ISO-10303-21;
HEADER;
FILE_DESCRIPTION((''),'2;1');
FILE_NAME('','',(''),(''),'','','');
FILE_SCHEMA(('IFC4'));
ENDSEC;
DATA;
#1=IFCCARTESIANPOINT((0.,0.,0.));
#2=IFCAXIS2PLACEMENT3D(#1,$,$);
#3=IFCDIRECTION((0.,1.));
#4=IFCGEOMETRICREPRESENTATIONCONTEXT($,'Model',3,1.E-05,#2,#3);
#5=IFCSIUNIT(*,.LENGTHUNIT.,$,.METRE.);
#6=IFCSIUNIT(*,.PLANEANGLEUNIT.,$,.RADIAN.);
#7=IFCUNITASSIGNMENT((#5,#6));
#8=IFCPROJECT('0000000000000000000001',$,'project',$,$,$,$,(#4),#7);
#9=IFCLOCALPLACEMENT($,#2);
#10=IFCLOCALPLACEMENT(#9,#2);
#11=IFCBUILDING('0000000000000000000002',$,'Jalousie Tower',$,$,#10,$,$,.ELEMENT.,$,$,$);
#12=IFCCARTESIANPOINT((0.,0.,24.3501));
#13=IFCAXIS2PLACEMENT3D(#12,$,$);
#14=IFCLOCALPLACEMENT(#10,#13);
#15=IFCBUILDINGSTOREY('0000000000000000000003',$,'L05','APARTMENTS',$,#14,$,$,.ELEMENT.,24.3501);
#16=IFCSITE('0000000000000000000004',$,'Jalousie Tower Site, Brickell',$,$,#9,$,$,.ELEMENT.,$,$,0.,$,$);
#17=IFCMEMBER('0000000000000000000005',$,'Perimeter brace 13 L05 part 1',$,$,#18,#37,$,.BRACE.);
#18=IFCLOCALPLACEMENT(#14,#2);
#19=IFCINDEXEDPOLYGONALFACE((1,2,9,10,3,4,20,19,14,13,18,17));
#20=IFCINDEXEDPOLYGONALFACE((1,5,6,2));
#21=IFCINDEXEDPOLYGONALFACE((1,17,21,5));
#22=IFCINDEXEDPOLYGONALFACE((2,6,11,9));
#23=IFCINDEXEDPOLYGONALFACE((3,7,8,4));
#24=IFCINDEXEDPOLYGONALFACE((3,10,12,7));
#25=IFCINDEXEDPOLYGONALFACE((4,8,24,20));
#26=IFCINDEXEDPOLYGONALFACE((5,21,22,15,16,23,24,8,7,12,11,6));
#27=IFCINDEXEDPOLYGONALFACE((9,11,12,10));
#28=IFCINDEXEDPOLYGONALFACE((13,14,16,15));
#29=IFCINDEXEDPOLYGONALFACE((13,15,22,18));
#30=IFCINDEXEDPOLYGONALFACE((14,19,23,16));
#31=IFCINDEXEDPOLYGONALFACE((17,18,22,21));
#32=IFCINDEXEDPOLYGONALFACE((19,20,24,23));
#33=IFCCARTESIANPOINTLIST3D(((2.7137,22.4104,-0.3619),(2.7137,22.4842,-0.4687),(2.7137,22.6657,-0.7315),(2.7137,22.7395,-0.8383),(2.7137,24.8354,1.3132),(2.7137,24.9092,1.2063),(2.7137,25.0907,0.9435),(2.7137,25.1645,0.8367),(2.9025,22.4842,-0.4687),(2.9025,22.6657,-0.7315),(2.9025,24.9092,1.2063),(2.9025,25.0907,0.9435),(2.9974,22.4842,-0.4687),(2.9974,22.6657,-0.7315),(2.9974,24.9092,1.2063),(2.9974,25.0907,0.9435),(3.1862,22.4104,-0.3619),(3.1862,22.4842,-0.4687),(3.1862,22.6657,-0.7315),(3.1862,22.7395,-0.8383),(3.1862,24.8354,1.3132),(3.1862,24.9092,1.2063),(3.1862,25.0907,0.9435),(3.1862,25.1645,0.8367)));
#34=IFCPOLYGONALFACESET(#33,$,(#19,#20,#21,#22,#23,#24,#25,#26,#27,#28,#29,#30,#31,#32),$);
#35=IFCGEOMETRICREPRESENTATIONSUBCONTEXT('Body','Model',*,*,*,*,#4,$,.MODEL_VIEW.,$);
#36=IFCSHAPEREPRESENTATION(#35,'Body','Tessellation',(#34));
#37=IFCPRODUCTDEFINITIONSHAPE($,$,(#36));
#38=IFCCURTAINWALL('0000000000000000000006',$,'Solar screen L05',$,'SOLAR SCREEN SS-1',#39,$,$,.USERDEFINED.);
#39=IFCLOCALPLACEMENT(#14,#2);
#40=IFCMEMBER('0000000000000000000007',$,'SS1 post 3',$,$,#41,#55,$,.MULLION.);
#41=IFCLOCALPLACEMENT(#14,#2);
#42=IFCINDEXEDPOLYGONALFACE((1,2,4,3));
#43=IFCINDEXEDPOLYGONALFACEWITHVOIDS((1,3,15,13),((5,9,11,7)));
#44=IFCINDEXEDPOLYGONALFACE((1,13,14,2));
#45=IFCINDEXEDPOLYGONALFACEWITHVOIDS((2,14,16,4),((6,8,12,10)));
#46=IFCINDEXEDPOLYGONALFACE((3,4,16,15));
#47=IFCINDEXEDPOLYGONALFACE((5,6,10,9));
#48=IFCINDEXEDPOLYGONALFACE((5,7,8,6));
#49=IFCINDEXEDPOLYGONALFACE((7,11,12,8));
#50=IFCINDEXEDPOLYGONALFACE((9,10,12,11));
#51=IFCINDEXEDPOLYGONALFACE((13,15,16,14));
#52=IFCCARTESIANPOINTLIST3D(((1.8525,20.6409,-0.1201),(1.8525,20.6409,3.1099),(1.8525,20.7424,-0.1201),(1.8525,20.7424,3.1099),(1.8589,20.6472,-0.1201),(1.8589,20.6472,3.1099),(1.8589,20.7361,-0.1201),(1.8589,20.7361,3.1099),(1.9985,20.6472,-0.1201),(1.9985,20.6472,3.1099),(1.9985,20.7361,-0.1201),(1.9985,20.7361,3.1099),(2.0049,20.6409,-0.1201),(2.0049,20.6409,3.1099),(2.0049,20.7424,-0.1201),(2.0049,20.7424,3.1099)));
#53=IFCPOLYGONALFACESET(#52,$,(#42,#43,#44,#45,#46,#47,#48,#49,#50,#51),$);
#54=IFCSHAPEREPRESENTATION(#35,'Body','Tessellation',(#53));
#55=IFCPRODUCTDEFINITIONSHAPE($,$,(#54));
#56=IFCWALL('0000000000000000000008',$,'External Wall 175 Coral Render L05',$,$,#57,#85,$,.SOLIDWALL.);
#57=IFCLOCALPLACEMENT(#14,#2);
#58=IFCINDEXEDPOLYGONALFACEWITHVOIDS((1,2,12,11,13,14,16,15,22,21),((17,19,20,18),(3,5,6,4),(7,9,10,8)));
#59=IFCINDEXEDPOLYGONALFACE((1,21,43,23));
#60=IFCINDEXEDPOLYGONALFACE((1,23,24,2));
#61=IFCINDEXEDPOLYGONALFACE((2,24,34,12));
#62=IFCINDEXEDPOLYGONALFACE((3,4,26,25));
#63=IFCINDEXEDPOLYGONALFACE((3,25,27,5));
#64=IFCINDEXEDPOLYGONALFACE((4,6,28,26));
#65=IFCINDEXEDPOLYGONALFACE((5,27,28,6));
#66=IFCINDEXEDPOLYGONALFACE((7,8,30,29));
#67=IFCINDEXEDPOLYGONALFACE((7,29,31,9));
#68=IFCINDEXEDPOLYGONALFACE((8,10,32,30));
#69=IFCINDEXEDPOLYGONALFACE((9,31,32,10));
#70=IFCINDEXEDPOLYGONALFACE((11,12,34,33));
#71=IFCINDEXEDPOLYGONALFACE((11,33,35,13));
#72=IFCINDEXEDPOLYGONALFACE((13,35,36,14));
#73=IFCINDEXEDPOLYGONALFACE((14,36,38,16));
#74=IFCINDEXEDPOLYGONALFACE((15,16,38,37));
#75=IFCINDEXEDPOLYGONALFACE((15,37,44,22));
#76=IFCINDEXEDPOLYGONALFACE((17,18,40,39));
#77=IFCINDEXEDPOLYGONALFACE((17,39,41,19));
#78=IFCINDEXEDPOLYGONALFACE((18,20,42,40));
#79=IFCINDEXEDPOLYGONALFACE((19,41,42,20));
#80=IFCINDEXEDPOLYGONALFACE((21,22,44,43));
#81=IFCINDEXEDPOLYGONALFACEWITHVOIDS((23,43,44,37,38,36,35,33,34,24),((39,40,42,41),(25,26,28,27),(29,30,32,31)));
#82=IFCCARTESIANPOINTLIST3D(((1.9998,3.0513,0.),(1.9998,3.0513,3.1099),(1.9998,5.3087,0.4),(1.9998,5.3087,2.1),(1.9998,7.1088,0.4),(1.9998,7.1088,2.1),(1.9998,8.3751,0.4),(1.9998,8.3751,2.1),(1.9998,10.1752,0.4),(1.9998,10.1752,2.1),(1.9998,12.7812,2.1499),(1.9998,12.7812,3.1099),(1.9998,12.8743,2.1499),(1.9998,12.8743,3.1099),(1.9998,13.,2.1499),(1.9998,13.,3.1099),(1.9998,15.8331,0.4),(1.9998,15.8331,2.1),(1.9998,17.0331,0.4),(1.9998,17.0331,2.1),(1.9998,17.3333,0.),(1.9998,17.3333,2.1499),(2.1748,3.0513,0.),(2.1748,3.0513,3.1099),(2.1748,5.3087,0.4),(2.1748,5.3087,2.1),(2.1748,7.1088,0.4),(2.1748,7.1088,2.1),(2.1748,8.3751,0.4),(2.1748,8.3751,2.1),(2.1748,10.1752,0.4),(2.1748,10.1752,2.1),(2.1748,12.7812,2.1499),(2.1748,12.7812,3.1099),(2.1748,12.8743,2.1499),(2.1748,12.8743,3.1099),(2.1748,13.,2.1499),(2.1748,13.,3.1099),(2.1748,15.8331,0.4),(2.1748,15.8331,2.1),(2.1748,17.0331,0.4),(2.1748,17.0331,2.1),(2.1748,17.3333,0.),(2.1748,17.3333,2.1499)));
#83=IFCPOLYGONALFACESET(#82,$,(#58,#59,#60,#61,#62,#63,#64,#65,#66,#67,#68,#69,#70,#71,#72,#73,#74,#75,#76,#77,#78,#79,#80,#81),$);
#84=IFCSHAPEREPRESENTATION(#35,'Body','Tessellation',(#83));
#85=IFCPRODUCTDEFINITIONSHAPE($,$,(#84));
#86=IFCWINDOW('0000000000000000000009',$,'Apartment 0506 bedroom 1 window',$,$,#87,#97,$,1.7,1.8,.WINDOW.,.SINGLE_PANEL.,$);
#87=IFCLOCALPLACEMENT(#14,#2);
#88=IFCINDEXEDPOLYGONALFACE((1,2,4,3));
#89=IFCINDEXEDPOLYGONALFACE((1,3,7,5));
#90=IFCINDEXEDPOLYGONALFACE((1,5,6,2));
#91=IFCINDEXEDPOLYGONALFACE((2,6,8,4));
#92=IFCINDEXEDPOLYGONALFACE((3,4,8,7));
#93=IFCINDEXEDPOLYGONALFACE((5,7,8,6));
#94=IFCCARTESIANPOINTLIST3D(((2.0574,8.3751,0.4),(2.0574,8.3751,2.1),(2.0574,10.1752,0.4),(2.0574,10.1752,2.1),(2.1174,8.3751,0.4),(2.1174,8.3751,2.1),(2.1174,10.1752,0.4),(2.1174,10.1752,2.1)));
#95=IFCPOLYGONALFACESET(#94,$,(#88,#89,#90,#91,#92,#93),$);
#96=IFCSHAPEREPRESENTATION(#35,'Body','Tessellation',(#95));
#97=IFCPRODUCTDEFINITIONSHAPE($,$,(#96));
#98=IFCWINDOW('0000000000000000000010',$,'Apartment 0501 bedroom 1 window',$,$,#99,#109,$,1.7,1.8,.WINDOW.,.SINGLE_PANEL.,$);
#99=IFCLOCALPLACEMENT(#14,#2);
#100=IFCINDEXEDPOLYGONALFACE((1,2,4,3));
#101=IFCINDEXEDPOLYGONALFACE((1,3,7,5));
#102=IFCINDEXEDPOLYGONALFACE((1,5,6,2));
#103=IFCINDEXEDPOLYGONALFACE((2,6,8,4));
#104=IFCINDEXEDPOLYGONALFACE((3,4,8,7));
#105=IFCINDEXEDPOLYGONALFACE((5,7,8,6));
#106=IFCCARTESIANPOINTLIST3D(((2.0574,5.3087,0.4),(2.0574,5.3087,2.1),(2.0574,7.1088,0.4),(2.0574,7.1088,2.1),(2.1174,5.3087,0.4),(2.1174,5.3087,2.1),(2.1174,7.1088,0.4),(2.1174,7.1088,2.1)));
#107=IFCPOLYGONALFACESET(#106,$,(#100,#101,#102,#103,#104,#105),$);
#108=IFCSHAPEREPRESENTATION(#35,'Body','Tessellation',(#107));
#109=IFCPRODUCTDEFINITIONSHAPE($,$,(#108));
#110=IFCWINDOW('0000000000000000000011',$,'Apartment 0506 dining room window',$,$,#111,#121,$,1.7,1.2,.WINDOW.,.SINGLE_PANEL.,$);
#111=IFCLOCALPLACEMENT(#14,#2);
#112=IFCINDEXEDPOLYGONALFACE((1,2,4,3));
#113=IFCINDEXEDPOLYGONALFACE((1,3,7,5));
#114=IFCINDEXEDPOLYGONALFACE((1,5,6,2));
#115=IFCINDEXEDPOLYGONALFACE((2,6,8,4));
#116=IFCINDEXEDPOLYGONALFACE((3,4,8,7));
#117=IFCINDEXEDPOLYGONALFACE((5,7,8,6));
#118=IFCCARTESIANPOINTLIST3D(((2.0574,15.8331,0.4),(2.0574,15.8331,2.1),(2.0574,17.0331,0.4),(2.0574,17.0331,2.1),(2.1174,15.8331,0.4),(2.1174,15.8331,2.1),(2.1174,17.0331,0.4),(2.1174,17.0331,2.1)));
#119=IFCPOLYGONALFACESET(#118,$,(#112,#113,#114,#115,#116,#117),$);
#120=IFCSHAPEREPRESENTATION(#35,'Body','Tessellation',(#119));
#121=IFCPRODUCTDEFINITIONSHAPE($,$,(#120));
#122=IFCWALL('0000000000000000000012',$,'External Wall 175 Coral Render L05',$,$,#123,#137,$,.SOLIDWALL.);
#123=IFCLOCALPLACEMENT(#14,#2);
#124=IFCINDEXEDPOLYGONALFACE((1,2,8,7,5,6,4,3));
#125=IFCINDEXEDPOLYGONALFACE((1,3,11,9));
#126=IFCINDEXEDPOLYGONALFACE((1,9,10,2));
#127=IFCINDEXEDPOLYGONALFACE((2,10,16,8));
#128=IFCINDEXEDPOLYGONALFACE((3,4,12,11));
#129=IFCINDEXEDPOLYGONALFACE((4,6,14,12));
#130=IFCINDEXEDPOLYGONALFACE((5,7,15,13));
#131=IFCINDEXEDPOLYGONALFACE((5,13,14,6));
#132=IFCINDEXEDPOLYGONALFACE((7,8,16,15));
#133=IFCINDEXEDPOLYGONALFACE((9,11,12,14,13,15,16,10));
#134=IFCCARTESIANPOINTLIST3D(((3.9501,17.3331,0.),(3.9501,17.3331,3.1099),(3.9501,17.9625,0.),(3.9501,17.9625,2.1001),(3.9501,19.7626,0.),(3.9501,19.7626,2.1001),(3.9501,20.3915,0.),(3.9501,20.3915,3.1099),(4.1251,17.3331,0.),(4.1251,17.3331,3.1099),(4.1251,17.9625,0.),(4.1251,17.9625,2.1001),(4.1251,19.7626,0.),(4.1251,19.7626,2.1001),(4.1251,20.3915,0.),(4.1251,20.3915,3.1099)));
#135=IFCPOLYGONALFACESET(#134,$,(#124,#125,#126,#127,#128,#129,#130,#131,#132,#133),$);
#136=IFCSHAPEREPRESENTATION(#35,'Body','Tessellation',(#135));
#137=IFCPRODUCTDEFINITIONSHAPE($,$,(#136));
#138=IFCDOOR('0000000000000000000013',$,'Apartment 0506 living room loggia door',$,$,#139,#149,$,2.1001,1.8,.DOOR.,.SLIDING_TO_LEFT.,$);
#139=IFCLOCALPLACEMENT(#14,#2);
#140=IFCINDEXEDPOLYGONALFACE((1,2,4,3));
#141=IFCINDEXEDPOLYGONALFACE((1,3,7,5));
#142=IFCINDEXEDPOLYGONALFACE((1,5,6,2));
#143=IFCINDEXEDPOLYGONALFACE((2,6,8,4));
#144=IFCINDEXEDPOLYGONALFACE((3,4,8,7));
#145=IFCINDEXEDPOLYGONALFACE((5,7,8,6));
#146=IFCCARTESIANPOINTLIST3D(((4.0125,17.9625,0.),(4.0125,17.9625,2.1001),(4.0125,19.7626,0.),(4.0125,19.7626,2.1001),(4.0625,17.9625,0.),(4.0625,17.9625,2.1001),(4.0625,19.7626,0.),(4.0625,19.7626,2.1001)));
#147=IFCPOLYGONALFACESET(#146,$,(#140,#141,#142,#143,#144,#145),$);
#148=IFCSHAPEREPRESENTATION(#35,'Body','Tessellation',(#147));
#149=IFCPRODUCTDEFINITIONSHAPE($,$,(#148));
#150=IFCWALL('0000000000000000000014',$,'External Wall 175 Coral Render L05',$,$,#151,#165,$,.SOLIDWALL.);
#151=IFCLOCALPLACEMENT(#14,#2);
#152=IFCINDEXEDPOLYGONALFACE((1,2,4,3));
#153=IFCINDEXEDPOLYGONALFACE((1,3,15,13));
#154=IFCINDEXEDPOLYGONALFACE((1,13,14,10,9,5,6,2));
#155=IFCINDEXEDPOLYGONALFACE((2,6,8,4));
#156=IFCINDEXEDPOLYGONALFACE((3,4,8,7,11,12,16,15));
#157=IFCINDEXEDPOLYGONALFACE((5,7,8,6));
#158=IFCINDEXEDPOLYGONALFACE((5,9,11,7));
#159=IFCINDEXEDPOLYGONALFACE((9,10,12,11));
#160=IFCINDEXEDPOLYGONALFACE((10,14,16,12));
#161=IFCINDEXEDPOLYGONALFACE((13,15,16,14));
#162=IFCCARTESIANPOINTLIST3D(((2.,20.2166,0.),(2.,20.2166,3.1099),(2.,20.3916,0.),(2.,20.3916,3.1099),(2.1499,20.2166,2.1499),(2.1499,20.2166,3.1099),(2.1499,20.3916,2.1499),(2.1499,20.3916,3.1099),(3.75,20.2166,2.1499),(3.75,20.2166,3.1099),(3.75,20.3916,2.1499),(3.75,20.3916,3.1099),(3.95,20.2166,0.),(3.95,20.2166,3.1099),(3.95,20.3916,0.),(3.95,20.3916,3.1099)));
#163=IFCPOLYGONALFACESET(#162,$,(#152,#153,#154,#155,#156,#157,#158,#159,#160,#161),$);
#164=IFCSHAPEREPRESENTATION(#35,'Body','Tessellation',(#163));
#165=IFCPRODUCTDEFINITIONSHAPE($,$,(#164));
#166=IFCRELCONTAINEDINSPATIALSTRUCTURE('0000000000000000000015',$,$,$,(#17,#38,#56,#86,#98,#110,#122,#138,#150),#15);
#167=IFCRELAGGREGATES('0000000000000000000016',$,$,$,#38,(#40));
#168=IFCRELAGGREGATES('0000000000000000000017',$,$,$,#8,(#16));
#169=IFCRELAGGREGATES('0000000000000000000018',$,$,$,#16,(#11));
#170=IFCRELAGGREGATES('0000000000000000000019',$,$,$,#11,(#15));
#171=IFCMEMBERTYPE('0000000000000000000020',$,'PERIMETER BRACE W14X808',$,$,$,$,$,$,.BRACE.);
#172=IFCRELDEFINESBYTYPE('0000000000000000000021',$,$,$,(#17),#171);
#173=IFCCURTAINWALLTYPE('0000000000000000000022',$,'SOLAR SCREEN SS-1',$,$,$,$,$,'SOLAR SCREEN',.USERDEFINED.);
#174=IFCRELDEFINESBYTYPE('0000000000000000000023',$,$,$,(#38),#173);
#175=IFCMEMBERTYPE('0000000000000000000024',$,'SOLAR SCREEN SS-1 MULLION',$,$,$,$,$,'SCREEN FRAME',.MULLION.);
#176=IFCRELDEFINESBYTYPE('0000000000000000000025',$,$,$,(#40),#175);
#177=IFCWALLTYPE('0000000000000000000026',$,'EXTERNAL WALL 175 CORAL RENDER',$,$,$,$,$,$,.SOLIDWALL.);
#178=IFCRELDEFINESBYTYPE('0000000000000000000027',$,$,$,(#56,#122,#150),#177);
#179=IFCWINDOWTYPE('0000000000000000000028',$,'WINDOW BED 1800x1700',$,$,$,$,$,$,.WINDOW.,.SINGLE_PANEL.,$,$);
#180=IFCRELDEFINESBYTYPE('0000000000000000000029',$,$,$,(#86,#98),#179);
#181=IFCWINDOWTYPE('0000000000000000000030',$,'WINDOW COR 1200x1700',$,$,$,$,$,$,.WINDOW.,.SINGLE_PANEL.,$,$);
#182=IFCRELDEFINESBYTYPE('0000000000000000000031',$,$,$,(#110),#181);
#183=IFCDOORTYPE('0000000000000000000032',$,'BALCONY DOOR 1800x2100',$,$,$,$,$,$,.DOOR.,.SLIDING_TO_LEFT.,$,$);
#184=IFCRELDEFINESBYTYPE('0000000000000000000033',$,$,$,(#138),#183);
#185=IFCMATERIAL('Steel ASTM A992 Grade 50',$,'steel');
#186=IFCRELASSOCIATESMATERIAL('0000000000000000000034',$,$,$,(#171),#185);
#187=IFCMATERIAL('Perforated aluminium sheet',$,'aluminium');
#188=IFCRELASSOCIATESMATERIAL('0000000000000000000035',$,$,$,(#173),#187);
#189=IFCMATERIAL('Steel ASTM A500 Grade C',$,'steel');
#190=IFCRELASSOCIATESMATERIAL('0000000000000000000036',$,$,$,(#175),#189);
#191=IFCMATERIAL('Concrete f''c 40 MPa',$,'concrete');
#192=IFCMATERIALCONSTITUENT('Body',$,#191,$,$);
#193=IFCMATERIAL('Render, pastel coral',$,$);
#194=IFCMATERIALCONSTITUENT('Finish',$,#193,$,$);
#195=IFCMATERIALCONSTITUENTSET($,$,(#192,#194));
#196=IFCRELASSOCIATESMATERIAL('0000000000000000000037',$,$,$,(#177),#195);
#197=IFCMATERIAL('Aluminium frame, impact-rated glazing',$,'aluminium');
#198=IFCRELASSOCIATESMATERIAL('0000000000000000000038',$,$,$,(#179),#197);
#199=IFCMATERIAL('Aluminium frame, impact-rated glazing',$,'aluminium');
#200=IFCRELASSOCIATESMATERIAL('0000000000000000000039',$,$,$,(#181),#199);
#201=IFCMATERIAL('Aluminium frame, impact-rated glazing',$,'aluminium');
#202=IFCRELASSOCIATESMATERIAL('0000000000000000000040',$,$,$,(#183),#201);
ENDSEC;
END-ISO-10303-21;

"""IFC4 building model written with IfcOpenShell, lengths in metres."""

from ifc_helpers import new_model, si_unit, direction, frame, frame_2d, origin, origin_2d, place, context, subcontext, project, spatial, polyline, rectangle, hollow_rectangle, i_section, outline, extrude, material, constituent, constituent_set, material_profile, profile_set, type_object, element, fill, aggregate, save


model = new_model("IFC4")

# Units and contexts
model_context = context("Model", 3, precision=1e-05, world=origin(), true_north=direction((0.0, 1.0)))
body_context = subcontext(model_context, "Body", "Model", "MODEL_VIEW")
ifc_project = project(units=[si_unit("LENGTHUNIT", "METRE"), si_unit("PLANEANGLEUNIT", "RADIAN")], contexts=[model_context])

# Site, building, storey
site_placement = place(None, origin())
site = spatial("IfcSite", under=ifc_project, at=site_placement, Name="Jalousie Tower Site, Brickell", CompositionType="ELEMENT", RefElevation=0.0)
building_placement = place(site_placement, origin())
building = spatial("IfcBuilding", under=site, at=building_placement, Name="Jalousie Tower", CompositionType="ELEMENT")
storey_placement = place(building_placement, frame((0.0, 0.0, 24.3501)))
storey = spatial("IfcBuildingStorey", under=building, at=storey_placement, Name="L05", Description="APARTMENTS", CompositionType="ELEMENT", Elevation=24.3501)

# Member
ifc_material_1 = material(Name="Steel ASTM A992 Grade 50", Category="steel")
ifc_material_profile_1 = material_profile(ifc_material_1, i_section(OverallWidth=0.4724, OverallDepth=0.5791, WebThickness=0.095, FlangeThickness=0.1299, at=origin_2d()), Name="W14X808")
ifc_profile_set_1 = profile_set([ifc_material_profile_1], Name="Steel ASTM A992 Grade 50")
member_type_1 = type_object("IfcMemberType", Name="PERIMETER BRACE W14X808", PredefinedType="BRACE", material=ifc_profile_set_1)
member_1_placement = place(storey_placement, frame((2.95, 22.575, -0.6001), z_axis=(0.0, 0.8228, 0.568331), x_axis=(-1.0, 0.0, 0.0)))
element("IfcMember", 1, at=member_1_placement, inside=storey, type_object=member_type_1, Name="Perimeter brace 13 L05 part 1", PredefinedType="BRACE", context=body_context, shape_type="SweptSolid", body=[
    extrude(i_section(OverallWidth=0.4724, OverallDepth=0.5791, WebThickness=0.095, FlangeThickness=0.1299, at=origin_2d()), origin(), (0.0, 0.0, 1.0), 2.9473),
])

# Curtain wall, member
ifc_material_2 = material(Name="Perforated aluminium sheet", Category="aluminium")
curtain_wall_type = type_object("IfcCurtainWallType", Name="SOLAR SCREEN SS-1", ElementType="SOLAR SCREEN", PredefinedType="USERDEFINED", material=ifc_material_2)
curtain_wall_placement = place(storey_placement, origin())
curtain_wall = element("IfcCurtainWall", 2, at=curtain_wall_placement, inside=storey, type_object=curtain_wall_type, Name="Solar screen L05", ObjectType="SOLAR SCREEN SS-1", PredefinedType="USERDEFINED")
ifc_material_3 = material(Name="Steel ASTM A500 Grade C", Category="steel")
ifc_material_profile_2 = material_profile(ifc_material_3, hollow_rectangle(XDim=0.1016, YDim=0.1523, WallThickness=0.0063, at=origin_2d()), Name="HSS6X4X1/4")
ifc_profile_set_2 = profile_set([ifc_material_profile_2], Name="Steel ASTM A500 Grade C")
member_type_2 = type_object("IfcMemberType", Name="SOLAR SCREEN SS-1 MULLION", ElementType="SCREEN FRAME", PredefinedType="MULLION", material=ifc_profile_set_2)
member_2_placement = place(storey_placement, frame((1.9287, 20.6917, -0.1201), z_axis=(0.0, 0.0, 1.0), x_axis=(0.0, -1.0, 0.0)))
member_2 = element("IfcMember", 3, at=member_2_placement, type_object=member_type_2, Name="SS1 post 3", PredefinedType="MULLION", context=body_context, shape_type="SweptSolid", body=[
    extrude(hollow_rectangle(XDim=0.1016, YDim=0.1523, WallThickness=0.0063, at=origin_2d()), origin(), (0.0, 0.0, 1.0), 3.23),
])
aggregate(curtain_wall, [member_2])

# Wall, openings, windows
ifc_material_4 = material(Name="Concrete f'c 40 MPa", Category="concrete")
ifc_constituent_1 = constituent(ifc_material_4, Name="Body")
ifc_material_5 = material(Name="Render, pastel coral")
ifc_constituent_2 = constituent(ifc_material_5, Name="Finish")
ifc_constituent_set_1 = constituent_set(constituents=[ifc_constituent_1, ifc_constituent_2])
wall_type_1 = type_object("IfcWallType", Name="EXTERNAL WALL 175 CORAL RENDER", PredefinedType="SOLIDWALL", material=ifc_constituent_set_1)
wall_1_placement = place(storey_placement, frame((2.0874, 17.3333, 0.0), z_axis=(0.0, 0.0, 1.0), x_axis=(0.0, -1.0, 0.0)))
wall_1 = element("IfcWall", 4, at=wall_1_placement, inside=storey, type_object=wall_type_1, Name="External Wall 175 Coral Render L05", PredefinedType="SOLIDWALL", context=body_context, shape_type="SweptSolid", body=[
    extrude(outline(polyline([(0.0, 0.0), (14.282, 0.0), (14.282, 3.1099), (4.552, 3.1099), (4.552, 2.1499), (4.459, 2.1499), (4.459, 3.1099), (4.3333, 3.1099), (4.3333, 2.1499), (0.0, 2.1499), (0.0, 0.0)])), frame((0.0, 0.0874, 0.0), z_axis=(0.0, -1.0, 0.0), x_axis=(1.0, 0.0, 0.0)), (0.0, 0.0, 1.0), 0.175),
])
opening_1_placement = place(wall_1_placement, frame((0.3, 0.0, 0.3999)))
opening_1 = element("IfcOpeningElement", 5, at=opening_1_placement, cuts=wall_1, PredefinedType="OPENING", context=body_context, shape_type="SweptSolid", body=[
    extrude(rectangle(XDim=1.2, YDim=1.7, at=frame_2d((0.6001, 0.8501))), frame((0.0, 0.0974, 0.0), z_axis=(0.0, -1.0, 0.0), x_axis=(1.0, 0.0, 0.0)), (0.0, 0.0, 1.0), 0.1951),
])
opening_2_placement = place(wall_1_placement, frame((7.1582, 0.0, 0.3999)))
opening_2 = element("IfcOpeningElement", 6, at=opening_2_placement, cuts=wall_1, PredefinedType="OPENING", context=body_context, shape_type="SweptSolid", body=[
    extrude(rectangle(XDim=1.8, YDim=1.7, at=frame_2d((0.8999, 0.8501))), frame((0.0, 0.0974, 0.0), z_axis=(0.0, -1.0, 0.0), x_axis=(1.0, 0.0, 0.0)), (0.0, 0.0, 1.0), 0.1951),
])
opening_3_placement = place(wall_1_placement, frame((10.2246, 0.0, 0.3999)))
opening_3 = element("IfcOpeningElement", 7, at=opening_3_placement, cuts=wall_1, PredefinedType="OPENING", context=body_context, shape_type="SweptSolid", body=[
    extrude(rectangle(XDim=1.8, YDim=1.7, at=frame_2d((0.8999, 0.8501))), frame((0.0, 0.0974, 0.0), z_axis=(0.0, -1.0, 0.0), x_axis=(1.0, 0.0, 0.0)), (0.0, 0.0, 1.0), 0.1951),
])
ifc_material_6 = material(Name="Aluminium frame, impact-rated glazing", Category="aluminium")
window_type_1 = type_object("IfcWindowType", Name="WINDOW BED 1800x1700", PartitioningType="SINGLE_PANEL", PredefinedType="WINDOW", material=ifc_material_6)
window_1_placement = place(opening_2_placement, origin())
window_1 = element("IfcWindow", 8, at=window_1_placement, inside=storey, type_object=window_type_1, Name="Apartment 0506 bedroom 1 window", OverallHeight=1.7, OverallWidth=1.8, PartitioningType="SINGLE_PANEL", PredefinedType="WINDOW", context=body_context, shape_type="SweptSolid", body=[
    extrude(rectangle(XDim=1.8, YDim=1.7, at=frame_2d((0.8999, 0.8501))), frame((0.0, 0.03, 0.0), z_axis=(0.0, -1.0, 0.0), x_axis=(1.0, 0.0, 0.0)), (0.0, 0.0, 1.0), 0.0601),
])
fill(opening_2, window_1)
window_2_placement = place(opening_3_placement, origin())
window_2 = element("IfcWindow", 9, at=window_2_placement, inside=storey, type_object=window_type_1, Name="Apartment 0501 bedroom 1 window", OverallHeight=1.7, OverallWidth=1.8, PartitioningType="SINGLE_PANEL", PredefinedType="WINDOW", context=body_context, shape_type="SweptSolid", body=[
    extrude(rectangle(XDim=1.8, YDim=1.7, at=frame_2d((0.8999, 0.8501))), frame((0.0, 0.03, 0.0), z_axis=(0.0, -1.0, 0.0), x_axis=(1.0, 0.0, 0.0)), (0.0, 0.0, 1.0), 0.0601),
])
fill(opening_3, window_2)
ifc_material_7 = material(Name="Aluminium frame, impact-rated glazing", Category="aluminium")
window_type_2 = type_object("IfcWindowType", Name="WINDOW COR 1200x1700", PartitioningType="SINGLE_PANEL", PredefinedType="WINDOW", material=ifc_material_7)
window_3_placement = place(opening_1_placement, origin())
window_3 = element("IfcWindow", 10, at=window_3_placement, inside=storey, type_object=window_type_2, Name="Apartment 0506 dining room window", OverallHeight=1.7, OverallWidth=1.2, PartitioningType="SINGLE_PANEL", PredefinedType="WINDOW", context=body_context, shape_type="SweptSolid", body=[
    extrude(rectangle(XDim=1.2, YDim=1.7, at=frame_2d((0.6001, 0.8501))), frame((0.0, 0.03, 0.0), z_axis=(0.0, -1.0, 0.0), x_axis=(1.0, 0.0, 0.0)), (0.0, 0.0, 1.0), 0.0601),
])
fill(opening_1, window_3)

# Wall, opening, door
wall_2_placement = place(storey_placement, frame((4.0376, 20.3916, 0.0), z_axis=(0.0, 0.0, 1.0), x_axis=(0.0, -1.0, 0.0)))
wall_2 = element("IfcWall", 11, at=wall_2_placement, inside=storey, type_object=wall_type_1, Name="External Wall 175 Coral Render L05", PredefinedType="SOLIDWALL", context=body_context, shape_type="SweptSolid", body=[
    extrude(rectangle(XDim=3.0583, YDim=0.175, at=frame_2d((1.5293, 0.0))), origin(), (0.0, 0.0, 1.0), 3.1099),
])
opening_4_placement = place(wall_2_placement, frame((0.6292, 0.0, 0.0)))
opening_4 = element("IfcOpeningElement", 12, at=opening_4_placement, cuts=wall_2, PredefinedType="OPENING", context=body_context, shape_type="SweptSolid", body=[
    extrude(rectangle(XDim=1.8, YDim=2.1001, at=frame_2d((0.8999, 1.05))), frame((0.0, 0.0974, 0.0), z_axis=(0.0, -1.0, 0.0), x_axis=(1.0, 0.0, 0.0)), (0.0, 0.0, 1.0), 0.1951),
])
ifc_material_8 = material(Name="Aluminium frame, impact-rated glazing", Category="aluminium")
door_type_1 = type_object("IfcDoorType", Name="BALCONY DOOR 1800x2100", OperationType="SLIDING_TO_LEFT", PredefinedType="DOOR", material=ifc_material_8)
door_1_placement = place(opening_4_placement, origin())
door_1 = element("IfcDoor", 13, at=door_1_placement, inside=storey, type_object=door_type_1, Name="Apartment 0506 living room loggia door", OperationType="SLIDING_TO_LEFT", OverallHeight=2.1001, OverallWidth=1.8, PredefinedType="DOOR", context=body_context, shape_type="SweptSolid", body=[
    extrude(rectangle(XDim=1.8, YDim=2.1001, at=frame_2d((0.8999, 1.05))), frame((0.0, 0.0249, 0.0), z_axis=(0.0, -1.0, 0.0), x_axis=(1.0, 0.0, 0.0)), (0.0, 0.0, 1.0), 0.05),
])
fill(opening_4, door_1)

# Wall
for number, where, z_axis, x_axis, name in (
    (14, (2.0, 20.3042, 0.0), (0.0, 0.0, 1.0), (1.0, 0.0, 0.0), "External Wall 175 Coral Render L05"),
):
    element("IfcWall", number, at=place(storey_placement, frame(where, z_axis=z_axis, x_axis=x_axis)), inside=storey, type_object=wall_type_1, Name=name, PredefinedType="SOLIDWALL", context=body_context, shape_type="SweptSolid", body=[
        extrude(outline(polyline([(0.0, 0.0), (1.95, 0.0), (1.95, 3.1099), (1.75, 3.1099), (1.75, 2.1499), (0.1499, 2.1499), (0.1499, 3.1099), (0.0, 3.1099), (0.0, 0.0)])), frame((0.0, 0.0874, 0.0), z_axis=(0.0, -1.0, 0.0), x_axis=(1.0, 0.0, 0.0)), (0.0, 0.0, 1.0), 0.175),
    ])

save(model, "model.ifc")
